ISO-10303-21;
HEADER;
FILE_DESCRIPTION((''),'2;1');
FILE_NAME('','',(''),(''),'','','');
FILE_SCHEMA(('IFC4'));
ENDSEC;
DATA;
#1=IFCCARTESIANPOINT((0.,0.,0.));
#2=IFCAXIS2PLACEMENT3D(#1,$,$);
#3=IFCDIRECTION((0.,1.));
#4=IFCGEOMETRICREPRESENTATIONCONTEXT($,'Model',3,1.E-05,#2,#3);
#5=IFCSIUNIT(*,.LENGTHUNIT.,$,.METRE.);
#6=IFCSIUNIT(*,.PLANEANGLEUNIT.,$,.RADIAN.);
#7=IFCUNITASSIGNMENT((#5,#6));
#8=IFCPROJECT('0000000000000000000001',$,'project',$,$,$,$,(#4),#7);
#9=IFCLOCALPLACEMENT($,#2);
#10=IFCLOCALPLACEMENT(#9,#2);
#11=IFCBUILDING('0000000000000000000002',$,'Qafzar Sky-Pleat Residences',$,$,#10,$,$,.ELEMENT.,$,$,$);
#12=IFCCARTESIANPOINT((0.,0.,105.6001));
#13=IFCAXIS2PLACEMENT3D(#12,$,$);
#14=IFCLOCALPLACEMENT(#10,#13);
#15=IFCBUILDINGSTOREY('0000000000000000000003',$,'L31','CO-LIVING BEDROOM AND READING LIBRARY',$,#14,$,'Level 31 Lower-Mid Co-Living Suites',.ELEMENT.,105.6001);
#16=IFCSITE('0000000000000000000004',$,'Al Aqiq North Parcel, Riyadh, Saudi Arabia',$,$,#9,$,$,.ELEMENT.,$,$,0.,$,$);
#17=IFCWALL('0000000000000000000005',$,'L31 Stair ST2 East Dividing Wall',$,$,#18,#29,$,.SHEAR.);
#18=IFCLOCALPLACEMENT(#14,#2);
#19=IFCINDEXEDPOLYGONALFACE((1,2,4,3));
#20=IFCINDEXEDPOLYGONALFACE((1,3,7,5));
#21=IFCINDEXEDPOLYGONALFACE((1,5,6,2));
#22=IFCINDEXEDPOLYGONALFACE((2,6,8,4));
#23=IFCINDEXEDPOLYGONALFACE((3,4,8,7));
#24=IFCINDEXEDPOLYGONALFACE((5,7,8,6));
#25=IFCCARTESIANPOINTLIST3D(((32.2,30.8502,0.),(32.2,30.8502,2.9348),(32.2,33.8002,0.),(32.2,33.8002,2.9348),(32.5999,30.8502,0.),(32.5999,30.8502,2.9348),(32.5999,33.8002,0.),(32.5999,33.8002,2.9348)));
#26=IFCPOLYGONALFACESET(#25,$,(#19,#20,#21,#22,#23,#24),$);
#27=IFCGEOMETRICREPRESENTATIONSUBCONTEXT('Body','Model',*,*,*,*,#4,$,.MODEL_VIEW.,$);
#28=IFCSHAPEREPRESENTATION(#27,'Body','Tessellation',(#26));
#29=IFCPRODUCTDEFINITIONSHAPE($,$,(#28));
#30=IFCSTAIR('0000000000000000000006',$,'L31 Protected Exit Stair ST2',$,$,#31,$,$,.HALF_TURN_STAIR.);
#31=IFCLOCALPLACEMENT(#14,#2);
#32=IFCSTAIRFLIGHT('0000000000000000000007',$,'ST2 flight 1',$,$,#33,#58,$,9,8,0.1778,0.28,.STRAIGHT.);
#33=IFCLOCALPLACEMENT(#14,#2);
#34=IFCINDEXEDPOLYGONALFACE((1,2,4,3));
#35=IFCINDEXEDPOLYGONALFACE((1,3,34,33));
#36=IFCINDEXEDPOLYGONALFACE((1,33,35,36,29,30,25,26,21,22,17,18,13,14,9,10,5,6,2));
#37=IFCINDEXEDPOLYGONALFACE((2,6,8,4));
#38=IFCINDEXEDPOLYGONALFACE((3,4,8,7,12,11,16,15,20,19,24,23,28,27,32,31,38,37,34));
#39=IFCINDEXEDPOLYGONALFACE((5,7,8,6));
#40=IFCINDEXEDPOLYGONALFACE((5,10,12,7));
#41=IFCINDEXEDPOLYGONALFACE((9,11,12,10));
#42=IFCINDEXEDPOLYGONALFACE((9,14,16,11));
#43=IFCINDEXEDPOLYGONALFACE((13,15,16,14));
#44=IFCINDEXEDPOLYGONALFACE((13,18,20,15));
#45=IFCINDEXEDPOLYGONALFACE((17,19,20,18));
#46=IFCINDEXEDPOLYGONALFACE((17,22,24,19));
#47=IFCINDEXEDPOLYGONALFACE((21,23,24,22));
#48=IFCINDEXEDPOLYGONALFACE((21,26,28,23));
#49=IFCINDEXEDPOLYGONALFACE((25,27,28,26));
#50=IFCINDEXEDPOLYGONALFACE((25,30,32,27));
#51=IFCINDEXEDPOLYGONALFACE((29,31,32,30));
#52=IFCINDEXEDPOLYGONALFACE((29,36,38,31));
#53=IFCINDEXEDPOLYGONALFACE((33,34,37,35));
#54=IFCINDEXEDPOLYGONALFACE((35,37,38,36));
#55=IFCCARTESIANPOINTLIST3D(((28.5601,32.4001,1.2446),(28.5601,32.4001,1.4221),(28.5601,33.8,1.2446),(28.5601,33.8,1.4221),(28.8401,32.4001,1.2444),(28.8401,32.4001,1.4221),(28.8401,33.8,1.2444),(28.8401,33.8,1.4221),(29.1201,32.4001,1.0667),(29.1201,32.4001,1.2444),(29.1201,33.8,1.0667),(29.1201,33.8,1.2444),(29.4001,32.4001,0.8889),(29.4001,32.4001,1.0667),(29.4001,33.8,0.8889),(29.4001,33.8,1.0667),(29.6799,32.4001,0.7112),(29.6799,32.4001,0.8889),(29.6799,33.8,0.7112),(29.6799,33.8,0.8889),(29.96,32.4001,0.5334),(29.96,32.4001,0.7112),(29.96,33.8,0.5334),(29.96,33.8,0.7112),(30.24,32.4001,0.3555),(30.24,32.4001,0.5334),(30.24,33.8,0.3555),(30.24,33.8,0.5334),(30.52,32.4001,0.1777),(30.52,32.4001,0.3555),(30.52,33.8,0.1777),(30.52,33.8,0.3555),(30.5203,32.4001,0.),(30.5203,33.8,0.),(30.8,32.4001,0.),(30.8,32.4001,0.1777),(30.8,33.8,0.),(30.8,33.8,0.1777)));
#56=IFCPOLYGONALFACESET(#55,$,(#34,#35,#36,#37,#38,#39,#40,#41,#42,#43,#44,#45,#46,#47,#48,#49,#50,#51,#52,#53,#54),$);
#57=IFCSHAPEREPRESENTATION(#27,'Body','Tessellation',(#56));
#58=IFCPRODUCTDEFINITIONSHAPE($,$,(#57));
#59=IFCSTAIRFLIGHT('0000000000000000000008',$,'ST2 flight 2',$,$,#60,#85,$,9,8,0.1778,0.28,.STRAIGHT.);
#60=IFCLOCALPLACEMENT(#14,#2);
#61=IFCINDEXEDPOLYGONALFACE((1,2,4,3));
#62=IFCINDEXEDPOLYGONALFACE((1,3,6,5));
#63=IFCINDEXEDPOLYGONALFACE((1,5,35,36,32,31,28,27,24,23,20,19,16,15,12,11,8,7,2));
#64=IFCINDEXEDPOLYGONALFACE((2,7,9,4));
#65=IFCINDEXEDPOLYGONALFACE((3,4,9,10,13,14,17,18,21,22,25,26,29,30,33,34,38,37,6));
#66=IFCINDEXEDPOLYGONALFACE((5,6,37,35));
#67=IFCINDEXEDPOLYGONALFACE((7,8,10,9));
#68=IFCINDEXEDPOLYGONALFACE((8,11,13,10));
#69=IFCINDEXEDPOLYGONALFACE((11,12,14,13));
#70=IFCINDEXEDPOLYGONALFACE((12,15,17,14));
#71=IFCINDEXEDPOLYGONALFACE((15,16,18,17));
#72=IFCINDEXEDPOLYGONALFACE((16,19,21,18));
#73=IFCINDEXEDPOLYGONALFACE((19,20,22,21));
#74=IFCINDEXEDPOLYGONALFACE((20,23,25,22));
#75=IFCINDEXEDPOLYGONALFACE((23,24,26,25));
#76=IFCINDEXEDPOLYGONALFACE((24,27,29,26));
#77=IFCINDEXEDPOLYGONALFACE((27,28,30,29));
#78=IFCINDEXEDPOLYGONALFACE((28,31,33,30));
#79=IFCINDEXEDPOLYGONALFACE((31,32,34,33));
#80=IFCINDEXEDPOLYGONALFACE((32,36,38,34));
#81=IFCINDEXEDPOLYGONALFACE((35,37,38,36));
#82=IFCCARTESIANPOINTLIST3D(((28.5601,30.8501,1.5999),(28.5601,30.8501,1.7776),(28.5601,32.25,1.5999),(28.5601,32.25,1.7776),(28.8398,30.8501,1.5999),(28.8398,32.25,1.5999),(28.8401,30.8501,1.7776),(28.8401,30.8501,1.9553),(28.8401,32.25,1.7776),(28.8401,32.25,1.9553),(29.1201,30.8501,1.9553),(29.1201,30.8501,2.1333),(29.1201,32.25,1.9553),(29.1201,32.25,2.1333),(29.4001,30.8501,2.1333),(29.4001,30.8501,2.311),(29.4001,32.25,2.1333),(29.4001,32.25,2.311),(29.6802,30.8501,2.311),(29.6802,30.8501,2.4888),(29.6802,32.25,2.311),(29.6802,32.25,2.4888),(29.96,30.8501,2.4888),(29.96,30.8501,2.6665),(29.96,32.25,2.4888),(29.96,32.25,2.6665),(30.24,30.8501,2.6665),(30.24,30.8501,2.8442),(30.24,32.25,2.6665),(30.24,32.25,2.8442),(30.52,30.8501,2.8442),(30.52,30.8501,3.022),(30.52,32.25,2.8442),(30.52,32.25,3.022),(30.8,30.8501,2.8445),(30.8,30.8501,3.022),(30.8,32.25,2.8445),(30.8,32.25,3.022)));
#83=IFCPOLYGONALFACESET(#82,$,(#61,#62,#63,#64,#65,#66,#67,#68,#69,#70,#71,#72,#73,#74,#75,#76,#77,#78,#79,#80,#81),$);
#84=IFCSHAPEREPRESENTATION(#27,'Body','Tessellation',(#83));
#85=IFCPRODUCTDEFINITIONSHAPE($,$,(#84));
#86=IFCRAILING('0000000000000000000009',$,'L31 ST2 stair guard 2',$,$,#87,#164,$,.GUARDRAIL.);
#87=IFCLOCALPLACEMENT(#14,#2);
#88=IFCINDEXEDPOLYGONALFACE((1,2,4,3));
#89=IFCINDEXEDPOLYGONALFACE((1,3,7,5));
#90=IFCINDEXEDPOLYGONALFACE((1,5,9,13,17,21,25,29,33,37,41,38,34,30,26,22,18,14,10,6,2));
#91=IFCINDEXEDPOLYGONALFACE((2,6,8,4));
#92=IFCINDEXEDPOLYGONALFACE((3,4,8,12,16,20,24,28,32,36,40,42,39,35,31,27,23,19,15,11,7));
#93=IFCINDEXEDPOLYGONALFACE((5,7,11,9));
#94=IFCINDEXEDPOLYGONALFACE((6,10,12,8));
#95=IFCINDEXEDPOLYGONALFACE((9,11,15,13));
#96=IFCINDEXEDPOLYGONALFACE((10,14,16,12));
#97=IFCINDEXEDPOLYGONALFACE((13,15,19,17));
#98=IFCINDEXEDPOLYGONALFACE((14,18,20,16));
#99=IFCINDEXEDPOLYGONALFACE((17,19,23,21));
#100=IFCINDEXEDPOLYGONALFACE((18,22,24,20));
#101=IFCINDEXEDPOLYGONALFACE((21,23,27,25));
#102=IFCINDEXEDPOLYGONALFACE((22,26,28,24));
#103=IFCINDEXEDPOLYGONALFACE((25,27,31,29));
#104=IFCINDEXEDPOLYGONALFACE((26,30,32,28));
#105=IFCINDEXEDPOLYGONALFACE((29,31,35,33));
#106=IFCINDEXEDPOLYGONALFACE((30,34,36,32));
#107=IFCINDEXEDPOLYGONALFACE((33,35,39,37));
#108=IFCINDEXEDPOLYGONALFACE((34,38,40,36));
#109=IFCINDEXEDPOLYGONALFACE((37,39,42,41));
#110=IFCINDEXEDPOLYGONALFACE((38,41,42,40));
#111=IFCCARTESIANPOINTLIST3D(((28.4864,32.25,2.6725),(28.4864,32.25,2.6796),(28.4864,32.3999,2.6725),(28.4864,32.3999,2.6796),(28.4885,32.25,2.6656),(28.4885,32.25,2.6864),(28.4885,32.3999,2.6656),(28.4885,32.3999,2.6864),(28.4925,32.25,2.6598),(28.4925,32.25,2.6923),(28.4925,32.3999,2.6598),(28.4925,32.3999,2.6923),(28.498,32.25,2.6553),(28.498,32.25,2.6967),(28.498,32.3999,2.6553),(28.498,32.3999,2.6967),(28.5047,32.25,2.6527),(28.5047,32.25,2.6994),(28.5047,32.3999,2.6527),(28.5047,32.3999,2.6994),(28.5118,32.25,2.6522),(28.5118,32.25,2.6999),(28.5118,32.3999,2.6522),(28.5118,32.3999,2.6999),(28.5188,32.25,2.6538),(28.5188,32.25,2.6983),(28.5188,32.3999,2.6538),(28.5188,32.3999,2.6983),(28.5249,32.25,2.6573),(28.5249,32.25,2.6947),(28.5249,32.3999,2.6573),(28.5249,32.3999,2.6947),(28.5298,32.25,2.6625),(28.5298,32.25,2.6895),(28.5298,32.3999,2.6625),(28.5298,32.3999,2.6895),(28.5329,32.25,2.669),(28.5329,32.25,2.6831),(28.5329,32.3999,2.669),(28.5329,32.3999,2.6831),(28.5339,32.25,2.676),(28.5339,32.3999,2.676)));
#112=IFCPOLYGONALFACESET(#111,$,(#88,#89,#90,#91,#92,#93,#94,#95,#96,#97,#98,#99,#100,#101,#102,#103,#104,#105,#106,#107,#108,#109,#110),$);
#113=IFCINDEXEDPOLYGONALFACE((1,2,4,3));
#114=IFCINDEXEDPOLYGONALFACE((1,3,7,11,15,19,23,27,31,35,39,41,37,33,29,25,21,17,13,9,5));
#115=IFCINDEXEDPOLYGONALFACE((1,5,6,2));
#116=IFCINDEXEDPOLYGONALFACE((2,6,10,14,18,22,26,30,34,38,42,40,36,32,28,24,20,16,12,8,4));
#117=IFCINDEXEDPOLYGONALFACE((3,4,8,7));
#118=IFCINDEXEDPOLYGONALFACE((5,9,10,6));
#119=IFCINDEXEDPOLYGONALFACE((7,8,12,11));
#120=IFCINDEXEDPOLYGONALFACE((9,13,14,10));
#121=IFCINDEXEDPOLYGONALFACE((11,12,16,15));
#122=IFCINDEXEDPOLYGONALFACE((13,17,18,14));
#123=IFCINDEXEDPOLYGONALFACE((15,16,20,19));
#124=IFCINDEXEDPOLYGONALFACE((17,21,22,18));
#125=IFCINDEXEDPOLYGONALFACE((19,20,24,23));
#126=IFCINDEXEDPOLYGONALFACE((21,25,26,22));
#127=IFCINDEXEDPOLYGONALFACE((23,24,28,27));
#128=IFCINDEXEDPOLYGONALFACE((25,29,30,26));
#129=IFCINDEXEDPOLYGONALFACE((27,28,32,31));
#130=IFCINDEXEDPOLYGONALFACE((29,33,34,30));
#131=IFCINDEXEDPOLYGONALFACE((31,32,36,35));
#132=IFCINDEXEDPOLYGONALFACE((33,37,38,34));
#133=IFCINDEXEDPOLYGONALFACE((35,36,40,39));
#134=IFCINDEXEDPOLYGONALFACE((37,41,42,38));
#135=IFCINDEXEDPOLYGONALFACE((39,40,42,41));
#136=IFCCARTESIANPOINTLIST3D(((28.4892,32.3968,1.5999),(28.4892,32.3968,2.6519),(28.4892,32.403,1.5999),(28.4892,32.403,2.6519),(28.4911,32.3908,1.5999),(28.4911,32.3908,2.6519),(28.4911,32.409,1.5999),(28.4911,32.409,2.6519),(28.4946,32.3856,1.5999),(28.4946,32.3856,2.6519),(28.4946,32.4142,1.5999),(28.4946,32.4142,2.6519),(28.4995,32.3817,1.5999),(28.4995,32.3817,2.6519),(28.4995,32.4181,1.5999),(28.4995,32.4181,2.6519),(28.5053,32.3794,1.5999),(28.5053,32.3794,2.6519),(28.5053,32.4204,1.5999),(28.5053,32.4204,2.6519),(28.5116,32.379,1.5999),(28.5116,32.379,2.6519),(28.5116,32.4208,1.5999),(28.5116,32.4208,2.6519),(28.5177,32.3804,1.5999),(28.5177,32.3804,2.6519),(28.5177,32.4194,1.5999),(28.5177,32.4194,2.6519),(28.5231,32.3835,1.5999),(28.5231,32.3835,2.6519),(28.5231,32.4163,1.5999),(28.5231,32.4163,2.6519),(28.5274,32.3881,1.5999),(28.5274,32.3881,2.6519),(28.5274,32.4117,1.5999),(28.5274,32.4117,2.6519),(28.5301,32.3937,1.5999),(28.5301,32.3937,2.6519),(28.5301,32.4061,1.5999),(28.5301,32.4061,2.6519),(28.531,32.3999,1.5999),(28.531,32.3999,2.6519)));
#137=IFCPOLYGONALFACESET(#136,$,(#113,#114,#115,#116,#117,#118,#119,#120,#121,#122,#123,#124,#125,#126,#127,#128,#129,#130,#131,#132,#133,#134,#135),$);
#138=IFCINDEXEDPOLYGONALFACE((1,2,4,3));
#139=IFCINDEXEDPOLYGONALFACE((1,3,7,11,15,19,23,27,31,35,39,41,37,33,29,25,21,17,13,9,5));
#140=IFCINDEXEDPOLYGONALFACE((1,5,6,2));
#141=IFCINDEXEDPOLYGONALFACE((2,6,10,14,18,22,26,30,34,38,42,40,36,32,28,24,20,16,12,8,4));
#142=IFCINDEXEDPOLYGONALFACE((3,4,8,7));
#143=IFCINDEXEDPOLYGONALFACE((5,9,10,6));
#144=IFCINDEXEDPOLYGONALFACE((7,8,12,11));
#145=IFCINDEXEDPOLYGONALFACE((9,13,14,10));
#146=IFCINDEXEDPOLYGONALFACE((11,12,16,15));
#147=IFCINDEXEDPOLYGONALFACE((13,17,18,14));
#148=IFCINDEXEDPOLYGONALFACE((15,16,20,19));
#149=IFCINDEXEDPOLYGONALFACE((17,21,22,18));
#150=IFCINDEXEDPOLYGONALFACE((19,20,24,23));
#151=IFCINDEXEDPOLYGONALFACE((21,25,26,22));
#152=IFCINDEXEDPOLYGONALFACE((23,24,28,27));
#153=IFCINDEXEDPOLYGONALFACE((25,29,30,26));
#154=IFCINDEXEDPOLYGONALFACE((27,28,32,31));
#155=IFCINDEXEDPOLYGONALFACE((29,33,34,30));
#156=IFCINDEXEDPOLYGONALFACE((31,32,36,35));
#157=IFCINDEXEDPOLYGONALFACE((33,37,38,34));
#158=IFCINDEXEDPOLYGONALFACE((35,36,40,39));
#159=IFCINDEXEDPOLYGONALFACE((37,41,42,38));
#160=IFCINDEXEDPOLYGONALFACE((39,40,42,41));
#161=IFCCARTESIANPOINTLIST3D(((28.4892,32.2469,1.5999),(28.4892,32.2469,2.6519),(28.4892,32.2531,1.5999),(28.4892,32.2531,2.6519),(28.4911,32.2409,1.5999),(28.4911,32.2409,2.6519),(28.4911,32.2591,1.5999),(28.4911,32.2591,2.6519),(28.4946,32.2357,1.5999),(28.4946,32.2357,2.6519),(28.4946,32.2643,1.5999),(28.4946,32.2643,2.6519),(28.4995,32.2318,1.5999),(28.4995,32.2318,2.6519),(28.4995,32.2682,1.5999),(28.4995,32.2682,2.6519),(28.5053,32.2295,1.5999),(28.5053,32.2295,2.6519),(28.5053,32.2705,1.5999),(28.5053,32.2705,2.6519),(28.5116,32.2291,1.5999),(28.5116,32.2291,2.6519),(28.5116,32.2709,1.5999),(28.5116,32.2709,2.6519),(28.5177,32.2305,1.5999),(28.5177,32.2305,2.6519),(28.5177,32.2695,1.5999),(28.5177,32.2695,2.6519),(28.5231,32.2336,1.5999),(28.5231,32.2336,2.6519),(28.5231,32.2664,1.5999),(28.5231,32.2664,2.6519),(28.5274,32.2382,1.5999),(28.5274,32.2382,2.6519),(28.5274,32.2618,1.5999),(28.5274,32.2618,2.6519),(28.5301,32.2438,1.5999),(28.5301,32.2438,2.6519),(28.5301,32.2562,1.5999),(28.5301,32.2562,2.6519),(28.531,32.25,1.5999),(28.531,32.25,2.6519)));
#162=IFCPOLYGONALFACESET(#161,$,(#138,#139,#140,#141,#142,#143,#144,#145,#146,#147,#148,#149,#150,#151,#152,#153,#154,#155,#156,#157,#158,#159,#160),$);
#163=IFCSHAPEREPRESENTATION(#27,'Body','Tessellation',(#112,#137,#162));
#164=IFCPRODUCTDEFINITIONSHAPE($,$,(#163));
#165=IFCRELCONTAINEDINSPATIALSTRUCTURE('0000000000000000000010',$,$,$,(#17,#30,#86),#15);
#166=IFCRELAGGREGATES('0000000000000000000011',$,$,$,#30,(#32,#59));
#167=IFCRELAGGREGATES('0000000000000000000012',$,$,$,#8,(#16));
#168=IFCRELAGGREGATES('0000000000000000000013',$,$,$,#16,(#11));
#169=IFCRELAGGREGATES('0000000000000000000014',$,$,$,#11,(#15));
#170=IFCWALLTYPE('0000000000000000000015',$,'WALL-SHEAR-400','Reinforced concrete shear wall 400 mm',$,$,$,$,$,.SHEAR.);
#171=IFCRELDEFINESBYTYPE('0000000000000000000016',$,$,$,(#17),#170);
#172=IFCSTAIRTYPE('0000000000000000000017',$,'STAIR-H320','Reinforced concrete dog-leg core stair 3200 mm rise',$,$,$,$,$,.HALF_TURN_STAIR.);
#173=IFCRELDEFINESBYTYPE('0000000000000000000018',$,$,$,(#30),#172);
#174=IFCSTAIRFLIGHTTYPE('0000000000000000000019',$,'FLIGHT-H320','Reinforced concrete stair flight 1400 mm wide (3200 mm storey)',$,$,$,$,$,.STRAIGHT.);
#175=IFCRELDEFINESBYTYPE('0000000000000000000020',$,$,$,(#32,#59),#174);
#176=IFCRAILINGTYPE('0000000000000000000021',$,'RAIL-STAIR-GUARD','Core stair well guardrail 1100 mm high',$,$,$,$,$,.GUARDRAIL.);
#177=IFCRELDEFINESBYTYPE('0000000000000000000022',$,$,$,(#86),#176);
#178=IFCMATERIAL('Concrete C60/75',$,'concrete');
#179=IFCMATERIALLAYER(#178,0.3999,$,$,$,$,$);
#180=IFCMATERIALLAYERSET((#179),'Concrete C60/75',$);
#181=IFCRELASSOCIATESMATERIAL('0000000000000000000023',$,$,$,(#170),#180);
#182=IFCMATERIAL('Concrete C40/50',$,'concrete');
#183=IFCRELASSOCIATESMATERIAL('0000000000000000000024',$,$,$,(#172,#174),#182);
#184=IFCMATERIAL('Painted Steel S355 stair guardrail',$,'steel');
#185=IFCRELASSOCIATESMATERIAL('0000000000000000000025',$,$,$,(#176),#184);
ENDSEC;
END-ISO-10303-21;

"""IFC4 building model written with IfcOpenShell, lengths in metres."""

from ifc_helpers import new_model, si_unit, direction, frame, frame_2d, origin, origin_2d, place, context, subcontext, project, spatial, polyline, rectangle, circle, outline, extrude, source, transform, mapped, material, layer, layer_set, type_object, element, aggregate, save


model = new_model("IFC4")

# Units and contexts
model_context = context("Model", 3, precision=1e-05, world=origin(), true_north=direction((0.0, 1.0)))
body_context = subcontext(model_context, "Body", "Model", "MODEL_VIEW")
ifc_project = project(units=[si_unit("LENGTHUNIT", "METRE"), si_unit("PLANEANGLEUNIT", "RADIAN")], contexts=[model_context])

# Site, building, storey
site_placement = place(None, origin())
site = spatial("IfcSite", under=ifc_project, at=site_placement, Name="Al Aqiq North Parcel, Riyadh, Saudi Arabia", CompositionType="ELEMENT", RefElevation=0.0)
building_placement = place(site_placement, origin())
building = spatial("IfcBuilding", under=site, at=building_placement, Name="Qafzar Sky-Pleat Residences", CompositionType="ELEMENT")
storey_placement = place(building_placement, frame((0.0, 0.0, 105.6001)))
storey = spatial("IfcBuildingStorey", under=building, at=storey_placement, Name="L31", Description="CO-LIVING BEDROOM AND READING LIBRARY", LongName="Level 31 Lower-Mid Co-Living Suites", CompositionType="ELEMENT", Elevation=105.6001)

# Wall
ifc_material_1 = material(Name="Concrete C60/75", Category="concrete")
ifc_layer_1 = layer(ifc_material_1, 0.3999)
ifc_layer_set_1 = layer_set([ifc_layer_1], Name="Concrete C60/75")
wall_type_1 = type_object("IfcWallType", Name="WALL-SHEAR-400", Description="Reinforced concrete shear wall 400 mm", PredefinedType="SHEAR", material=ifc_layer_set_1)
wall_1_placement = place(storey_placement, frame((32.3999, 30.8501, 0.0), z_axis=(0.0, 0.0, 1.0), x_axis=(0.0, 1.0, 0.0)))
element("IfcWall", 1, at=wall_1_placement, inside=storey, type_object=wall_type_1, Name="L31 Stair ST2 East Dividing Wall", PredefinedType="SHEAR", context=body_context, shape_type="SweptSolid", body=[
    extrude(rectangle(XDim=2.95, YDim=0.3999, at=frame_2d((1.4751, 0.0))), origin(), (0.0, 0.0, 1.0), 2.9348),
])

# Stair, stair flights
ifc_material_2 = material(Name="Concrete C40/50", Category="concrete")
stair_type = type_object("IfcStairType", Name="STAIR-H320", Description="Reinforced concrete dog-leg core stair 3200 mm rise", PredefinedType="HALF_TURN_STAIR", material=ifc_material_2)
stair_placement = place(storey_placement, origin())
stair = element("IfcStair", 2, at=stair_placement, inside=storey, type_object=stair_type, Name="L31 Protected Exit Stair ST2", PredefinedType="HALF_TURN_STAIR")
stair_flight_type = type_object("IfcStairFlightType", Name="FLIGHT-H320", Description="Reinforced concrete stair flight 1400 mm wide (3200 mm storey)", PredefinedType="STRAIGHT", material=ifc_material_2)
shared_shape_1 = source(origin(), body_context, "Body", "SweptSolid", [
    extrude(outline(polyline([(0.0, 0.0), (0.0, 0.1777), (0.28, 0.1777), (0.28, 0.3555), (0.5601, 0.3555), (0.5601, 0.5334), (0.8401, 0.5334), (0.8401, 0.7112), (1.1201, 0.7112), (1.1201, 0.8889), (1.3999, 0.8889), (1.3999, 1.0667), (1.6799, 1.0667), (1.6799, 1.2444), (1.96, 1.2444), (1.96, 1.4221), (2.24, 1.4221), (2.24, 1.6001), (2.24, 1.2446), (0.2798, 0.0), (0.0, 0.0)])), frame((0.0, 0.7, 0.0), z_axis=(0.0, -1.0, 0.0), x_axis=(1.0, 0.0, 0.0)), (0.0, 0.0, 1.0), 1.3999),
])
stair_flight_1_placement = place(storey_placement, frame((30.8, 33.1001, 0.0), z_axis=(0.0, 0.0, 1.0), x_axis=(-1.0, 0.0, 0.0)))
stair_flight_1 = element("IfcStairFlight", 3, at=stair_flight_1_placement, type_object=stair_flight_type, Name="ST2 flight 1", NumberOfRisers=9, NumberOfTreads=8, PredefinedType="STRAIGHT", RiserHeight=0.1778, TreadLength=0.28, context=body_context, shape_type="MappedRepresentation", body=[
    mapped(shared_shape_1, transform((0.0, 0.0, 0.0), x_axis=(1.0, 0.0, 0.0), y_axis=(0.0, 1.0, 0.0), z_axis=(0.0, 0.0, 1.0), scale=1.0)),
])
stair_flight_2_placement = place(storey_placement, frame((28.5601, 31.55, 1.5999), z_axis=(0.0, 0.0, 1.0), x_axis=(1.0, 0.0, 0.0)))
stair_flight_2 = element("IfcStairFlight", 4, at=stair_flight_2_placement, type_object=stair_flight_type, Name="ST2 flight 2", NumberOfRisers=9, NumberOfTreads=8, PredefinedType="STRAIGHT", RiserHeight=0.1778, TreadLength=0.28, context=body_context, shape_type="MappedRepresentation", body=[
    mapped(shared_shape_1, transform((0.0, 0.0, 0.0), x_axis=(1.0, 0.0, 0.0), y_axis=(0.0, 1.0, 0.0), z_axis=(0.0, 0.0, 1.0), scale=1.0)),
])
aggregate(stair, [stair_flight_1, stair_flight_2])

# Railing
ifc_material_3 = material(Name="Painted Steel S355 stair guardrail", Category="steel")
railing_type_1 = type_object("IfcRailingType", Name="RAIL-STAIR-GUARD", Description="Core stair well guardrail 1100 mm high", PredefinedType="GUARDRAIL", material=ifc_material_3)
shared_shape_2 = source(origin(), body_context, "Body", "SweptSolid", [
    extrude(circle(Radius=0.0239, at=origin_2d()), frame((0.0, 0.0, 1.0762), z_axis=(0.0, -1.0, 0.0), x_axis=(1.0, 0.0, 0.0)), (0.0, 0.0, 1.0), 0.1499),
    extrude(circle(Radius=0.021, at=origin_2d()), origin(), (0.0, 0.0, 1.0), 1.052),
    extrude(circle(Radius=0.021, at=origin_2d()), frame((0.0, -0.1499, 0.0)), (0.0, 0.0, 1.0), 1.052),
])
for number, where, name in (
    (5, (28.51, 32.3999, 1.5999), "L31 ST2 stair guard 2"),
):
    element("IfcRailing", number, at=place(storey_placement, frame(where)), inside=storey, type_object=railing_type_1, Name=name, PredefinedType="GUARDRAIL", context=body_context, shape_type="MappedRepresentation", body=[
        mapped(shared_shape_2, transform((0.0, 0.0, 0.0), x_axis=(1.0, 0.0, 0.0), y_axis=(0.0, 1.0, 0.0), z_axis=(0.0, 0.0, 1.0), scale=1.0)),
    ])

save(model, "model.ifc")
